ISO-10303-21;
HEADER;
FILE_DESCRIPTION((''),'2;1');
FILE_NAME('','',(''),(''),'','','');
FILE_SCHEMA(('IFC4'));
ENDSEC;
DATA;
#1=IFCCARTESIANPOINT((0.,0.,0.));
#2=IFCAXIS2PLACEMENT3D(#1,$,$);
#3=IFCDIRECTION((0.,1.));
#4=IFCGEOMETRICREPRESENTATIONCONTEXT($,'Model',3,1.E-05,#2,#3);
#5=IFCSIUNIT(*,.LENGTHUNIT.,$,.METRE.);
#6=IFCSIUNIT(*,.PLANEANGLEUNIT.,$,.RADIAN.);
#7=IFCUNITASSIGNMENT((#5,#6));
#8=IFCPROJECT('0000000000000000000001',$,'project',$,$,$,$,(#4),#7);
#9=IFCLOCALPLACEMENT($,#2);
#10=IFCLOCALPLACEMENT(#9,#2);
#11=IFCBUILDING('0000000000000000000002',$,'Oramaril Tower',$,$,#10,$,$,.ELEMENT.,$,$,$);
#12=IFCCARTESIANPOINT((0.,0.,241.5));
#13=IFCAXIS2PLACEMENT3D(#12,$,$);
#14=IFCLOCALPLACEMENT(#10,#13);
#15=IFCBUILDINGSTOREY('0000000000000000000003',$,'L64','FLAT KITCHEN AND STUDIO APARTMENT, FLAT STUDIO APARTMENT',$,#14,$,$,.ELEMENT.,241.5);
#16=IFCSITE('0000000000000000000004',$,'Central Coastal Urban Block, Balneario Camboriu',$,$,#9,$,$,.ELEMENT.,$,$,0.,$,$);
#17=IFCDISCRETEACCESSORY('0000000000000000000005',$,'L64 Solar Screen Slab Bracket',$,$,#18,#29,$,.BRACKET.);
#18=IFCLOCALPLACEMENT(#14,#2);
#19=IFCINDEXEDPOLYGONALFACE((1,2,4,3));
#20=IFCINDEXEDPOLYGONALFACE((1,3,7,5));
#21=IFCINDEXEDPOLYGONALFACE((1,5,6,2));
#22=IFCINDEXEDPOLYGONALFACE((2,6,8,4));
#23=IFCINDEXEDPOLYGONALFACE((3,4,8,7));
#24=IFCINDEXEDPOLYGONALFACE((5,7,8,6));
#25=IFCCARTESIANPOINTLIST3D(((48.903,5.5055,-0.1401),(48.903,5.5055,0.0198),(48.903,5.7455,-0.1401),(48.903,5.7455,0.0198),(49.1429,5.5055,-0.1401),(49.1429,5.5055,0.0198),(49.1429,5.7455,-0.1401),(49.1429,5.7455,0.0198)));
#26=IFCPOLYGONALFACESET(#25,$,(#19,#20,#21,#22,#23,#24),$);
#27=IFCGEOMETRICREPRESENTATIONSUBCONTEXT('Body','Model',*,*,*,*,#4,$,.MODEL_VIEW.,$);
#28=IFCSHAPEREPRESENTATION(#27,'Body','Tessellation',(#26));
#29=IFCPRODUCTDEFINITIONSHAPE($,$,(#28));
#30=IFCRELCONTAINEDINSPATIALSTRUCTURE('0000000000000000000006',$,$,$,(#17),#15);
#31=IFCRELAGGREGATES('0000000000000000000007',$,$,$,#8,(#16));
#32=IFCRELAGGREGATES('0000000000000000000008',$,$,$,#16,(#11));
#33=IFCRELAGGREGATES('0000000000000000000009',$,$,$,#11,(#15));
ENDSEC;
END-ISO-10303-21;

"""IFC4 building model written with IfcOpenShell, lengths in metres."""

from ifc_helpers import new_model, si_unit, direction, frame, origin, origin_2d, place, context, subcontext, project, spatial, rectangle, extrude, element, save


model = new_model("IFC4")

# Units and contexts
model_context = context("Model", 3, precision=1e-05, world=origin(), true_north=direction((0.0, 1.0)))
body_context = subcontext(model_context, "Body", "Model", "MODEL_VIEW")
ifc_project = project(units=[si_unit("LENGTHUNIT", "METRE"), si_unit("PLANEANGLEUNIT", "RADIAN")], contexts=[model_context])

# Site, building, storey
site_placement = place(None, origin())
site = spatial("IfcSite", under=ifc_project, at=site_placement, Name="Central Coastal Urban Block, Balneario Camboriu", CompositionType="ELEMENT", RefElevation=0.0)
building_placement = place(site_placement, origin())
building = spatial("IfcBuilding", under=site, at=building_placement, Name="Oramaril Tower", CompositionType="ELEMENT")
storey_placement = place(building_placement, frame((0.0, 0.0, 241.5)))
storey = spatial("IfcBuildingStorey", under=building, at=storey_placement, Name="L64", Description="FLAT KITCHEN AND STUDIO APARTMENT, FLAT STUDIO APARTMENT", CompositionType="ELEMENT", Elevation=241.5)

# Discrete accessory
discrete_accessory_placement = place(storey_placement, frame((49.0229, 5.6255, -0.1401), z_axis=(0.0, 0.0, 1.0), x_axis=(1.0, 0.0, 0.0)))
element("IfcDiscreteAccessory", 1, at=discrete_accessory_placement, inside=storey, Name="L64 Solar Screen Slab Bracket", PredefinedType="BRACKET", context=body_context, shape_type="SweptSolid", body=[
    extrude(rectangle(XDim=0.24, YDim=0.24, at=origin_2d()), origin(), (0.0, 0.0, 1.0), 0.1599),
])

save(model, "model.ifc")
